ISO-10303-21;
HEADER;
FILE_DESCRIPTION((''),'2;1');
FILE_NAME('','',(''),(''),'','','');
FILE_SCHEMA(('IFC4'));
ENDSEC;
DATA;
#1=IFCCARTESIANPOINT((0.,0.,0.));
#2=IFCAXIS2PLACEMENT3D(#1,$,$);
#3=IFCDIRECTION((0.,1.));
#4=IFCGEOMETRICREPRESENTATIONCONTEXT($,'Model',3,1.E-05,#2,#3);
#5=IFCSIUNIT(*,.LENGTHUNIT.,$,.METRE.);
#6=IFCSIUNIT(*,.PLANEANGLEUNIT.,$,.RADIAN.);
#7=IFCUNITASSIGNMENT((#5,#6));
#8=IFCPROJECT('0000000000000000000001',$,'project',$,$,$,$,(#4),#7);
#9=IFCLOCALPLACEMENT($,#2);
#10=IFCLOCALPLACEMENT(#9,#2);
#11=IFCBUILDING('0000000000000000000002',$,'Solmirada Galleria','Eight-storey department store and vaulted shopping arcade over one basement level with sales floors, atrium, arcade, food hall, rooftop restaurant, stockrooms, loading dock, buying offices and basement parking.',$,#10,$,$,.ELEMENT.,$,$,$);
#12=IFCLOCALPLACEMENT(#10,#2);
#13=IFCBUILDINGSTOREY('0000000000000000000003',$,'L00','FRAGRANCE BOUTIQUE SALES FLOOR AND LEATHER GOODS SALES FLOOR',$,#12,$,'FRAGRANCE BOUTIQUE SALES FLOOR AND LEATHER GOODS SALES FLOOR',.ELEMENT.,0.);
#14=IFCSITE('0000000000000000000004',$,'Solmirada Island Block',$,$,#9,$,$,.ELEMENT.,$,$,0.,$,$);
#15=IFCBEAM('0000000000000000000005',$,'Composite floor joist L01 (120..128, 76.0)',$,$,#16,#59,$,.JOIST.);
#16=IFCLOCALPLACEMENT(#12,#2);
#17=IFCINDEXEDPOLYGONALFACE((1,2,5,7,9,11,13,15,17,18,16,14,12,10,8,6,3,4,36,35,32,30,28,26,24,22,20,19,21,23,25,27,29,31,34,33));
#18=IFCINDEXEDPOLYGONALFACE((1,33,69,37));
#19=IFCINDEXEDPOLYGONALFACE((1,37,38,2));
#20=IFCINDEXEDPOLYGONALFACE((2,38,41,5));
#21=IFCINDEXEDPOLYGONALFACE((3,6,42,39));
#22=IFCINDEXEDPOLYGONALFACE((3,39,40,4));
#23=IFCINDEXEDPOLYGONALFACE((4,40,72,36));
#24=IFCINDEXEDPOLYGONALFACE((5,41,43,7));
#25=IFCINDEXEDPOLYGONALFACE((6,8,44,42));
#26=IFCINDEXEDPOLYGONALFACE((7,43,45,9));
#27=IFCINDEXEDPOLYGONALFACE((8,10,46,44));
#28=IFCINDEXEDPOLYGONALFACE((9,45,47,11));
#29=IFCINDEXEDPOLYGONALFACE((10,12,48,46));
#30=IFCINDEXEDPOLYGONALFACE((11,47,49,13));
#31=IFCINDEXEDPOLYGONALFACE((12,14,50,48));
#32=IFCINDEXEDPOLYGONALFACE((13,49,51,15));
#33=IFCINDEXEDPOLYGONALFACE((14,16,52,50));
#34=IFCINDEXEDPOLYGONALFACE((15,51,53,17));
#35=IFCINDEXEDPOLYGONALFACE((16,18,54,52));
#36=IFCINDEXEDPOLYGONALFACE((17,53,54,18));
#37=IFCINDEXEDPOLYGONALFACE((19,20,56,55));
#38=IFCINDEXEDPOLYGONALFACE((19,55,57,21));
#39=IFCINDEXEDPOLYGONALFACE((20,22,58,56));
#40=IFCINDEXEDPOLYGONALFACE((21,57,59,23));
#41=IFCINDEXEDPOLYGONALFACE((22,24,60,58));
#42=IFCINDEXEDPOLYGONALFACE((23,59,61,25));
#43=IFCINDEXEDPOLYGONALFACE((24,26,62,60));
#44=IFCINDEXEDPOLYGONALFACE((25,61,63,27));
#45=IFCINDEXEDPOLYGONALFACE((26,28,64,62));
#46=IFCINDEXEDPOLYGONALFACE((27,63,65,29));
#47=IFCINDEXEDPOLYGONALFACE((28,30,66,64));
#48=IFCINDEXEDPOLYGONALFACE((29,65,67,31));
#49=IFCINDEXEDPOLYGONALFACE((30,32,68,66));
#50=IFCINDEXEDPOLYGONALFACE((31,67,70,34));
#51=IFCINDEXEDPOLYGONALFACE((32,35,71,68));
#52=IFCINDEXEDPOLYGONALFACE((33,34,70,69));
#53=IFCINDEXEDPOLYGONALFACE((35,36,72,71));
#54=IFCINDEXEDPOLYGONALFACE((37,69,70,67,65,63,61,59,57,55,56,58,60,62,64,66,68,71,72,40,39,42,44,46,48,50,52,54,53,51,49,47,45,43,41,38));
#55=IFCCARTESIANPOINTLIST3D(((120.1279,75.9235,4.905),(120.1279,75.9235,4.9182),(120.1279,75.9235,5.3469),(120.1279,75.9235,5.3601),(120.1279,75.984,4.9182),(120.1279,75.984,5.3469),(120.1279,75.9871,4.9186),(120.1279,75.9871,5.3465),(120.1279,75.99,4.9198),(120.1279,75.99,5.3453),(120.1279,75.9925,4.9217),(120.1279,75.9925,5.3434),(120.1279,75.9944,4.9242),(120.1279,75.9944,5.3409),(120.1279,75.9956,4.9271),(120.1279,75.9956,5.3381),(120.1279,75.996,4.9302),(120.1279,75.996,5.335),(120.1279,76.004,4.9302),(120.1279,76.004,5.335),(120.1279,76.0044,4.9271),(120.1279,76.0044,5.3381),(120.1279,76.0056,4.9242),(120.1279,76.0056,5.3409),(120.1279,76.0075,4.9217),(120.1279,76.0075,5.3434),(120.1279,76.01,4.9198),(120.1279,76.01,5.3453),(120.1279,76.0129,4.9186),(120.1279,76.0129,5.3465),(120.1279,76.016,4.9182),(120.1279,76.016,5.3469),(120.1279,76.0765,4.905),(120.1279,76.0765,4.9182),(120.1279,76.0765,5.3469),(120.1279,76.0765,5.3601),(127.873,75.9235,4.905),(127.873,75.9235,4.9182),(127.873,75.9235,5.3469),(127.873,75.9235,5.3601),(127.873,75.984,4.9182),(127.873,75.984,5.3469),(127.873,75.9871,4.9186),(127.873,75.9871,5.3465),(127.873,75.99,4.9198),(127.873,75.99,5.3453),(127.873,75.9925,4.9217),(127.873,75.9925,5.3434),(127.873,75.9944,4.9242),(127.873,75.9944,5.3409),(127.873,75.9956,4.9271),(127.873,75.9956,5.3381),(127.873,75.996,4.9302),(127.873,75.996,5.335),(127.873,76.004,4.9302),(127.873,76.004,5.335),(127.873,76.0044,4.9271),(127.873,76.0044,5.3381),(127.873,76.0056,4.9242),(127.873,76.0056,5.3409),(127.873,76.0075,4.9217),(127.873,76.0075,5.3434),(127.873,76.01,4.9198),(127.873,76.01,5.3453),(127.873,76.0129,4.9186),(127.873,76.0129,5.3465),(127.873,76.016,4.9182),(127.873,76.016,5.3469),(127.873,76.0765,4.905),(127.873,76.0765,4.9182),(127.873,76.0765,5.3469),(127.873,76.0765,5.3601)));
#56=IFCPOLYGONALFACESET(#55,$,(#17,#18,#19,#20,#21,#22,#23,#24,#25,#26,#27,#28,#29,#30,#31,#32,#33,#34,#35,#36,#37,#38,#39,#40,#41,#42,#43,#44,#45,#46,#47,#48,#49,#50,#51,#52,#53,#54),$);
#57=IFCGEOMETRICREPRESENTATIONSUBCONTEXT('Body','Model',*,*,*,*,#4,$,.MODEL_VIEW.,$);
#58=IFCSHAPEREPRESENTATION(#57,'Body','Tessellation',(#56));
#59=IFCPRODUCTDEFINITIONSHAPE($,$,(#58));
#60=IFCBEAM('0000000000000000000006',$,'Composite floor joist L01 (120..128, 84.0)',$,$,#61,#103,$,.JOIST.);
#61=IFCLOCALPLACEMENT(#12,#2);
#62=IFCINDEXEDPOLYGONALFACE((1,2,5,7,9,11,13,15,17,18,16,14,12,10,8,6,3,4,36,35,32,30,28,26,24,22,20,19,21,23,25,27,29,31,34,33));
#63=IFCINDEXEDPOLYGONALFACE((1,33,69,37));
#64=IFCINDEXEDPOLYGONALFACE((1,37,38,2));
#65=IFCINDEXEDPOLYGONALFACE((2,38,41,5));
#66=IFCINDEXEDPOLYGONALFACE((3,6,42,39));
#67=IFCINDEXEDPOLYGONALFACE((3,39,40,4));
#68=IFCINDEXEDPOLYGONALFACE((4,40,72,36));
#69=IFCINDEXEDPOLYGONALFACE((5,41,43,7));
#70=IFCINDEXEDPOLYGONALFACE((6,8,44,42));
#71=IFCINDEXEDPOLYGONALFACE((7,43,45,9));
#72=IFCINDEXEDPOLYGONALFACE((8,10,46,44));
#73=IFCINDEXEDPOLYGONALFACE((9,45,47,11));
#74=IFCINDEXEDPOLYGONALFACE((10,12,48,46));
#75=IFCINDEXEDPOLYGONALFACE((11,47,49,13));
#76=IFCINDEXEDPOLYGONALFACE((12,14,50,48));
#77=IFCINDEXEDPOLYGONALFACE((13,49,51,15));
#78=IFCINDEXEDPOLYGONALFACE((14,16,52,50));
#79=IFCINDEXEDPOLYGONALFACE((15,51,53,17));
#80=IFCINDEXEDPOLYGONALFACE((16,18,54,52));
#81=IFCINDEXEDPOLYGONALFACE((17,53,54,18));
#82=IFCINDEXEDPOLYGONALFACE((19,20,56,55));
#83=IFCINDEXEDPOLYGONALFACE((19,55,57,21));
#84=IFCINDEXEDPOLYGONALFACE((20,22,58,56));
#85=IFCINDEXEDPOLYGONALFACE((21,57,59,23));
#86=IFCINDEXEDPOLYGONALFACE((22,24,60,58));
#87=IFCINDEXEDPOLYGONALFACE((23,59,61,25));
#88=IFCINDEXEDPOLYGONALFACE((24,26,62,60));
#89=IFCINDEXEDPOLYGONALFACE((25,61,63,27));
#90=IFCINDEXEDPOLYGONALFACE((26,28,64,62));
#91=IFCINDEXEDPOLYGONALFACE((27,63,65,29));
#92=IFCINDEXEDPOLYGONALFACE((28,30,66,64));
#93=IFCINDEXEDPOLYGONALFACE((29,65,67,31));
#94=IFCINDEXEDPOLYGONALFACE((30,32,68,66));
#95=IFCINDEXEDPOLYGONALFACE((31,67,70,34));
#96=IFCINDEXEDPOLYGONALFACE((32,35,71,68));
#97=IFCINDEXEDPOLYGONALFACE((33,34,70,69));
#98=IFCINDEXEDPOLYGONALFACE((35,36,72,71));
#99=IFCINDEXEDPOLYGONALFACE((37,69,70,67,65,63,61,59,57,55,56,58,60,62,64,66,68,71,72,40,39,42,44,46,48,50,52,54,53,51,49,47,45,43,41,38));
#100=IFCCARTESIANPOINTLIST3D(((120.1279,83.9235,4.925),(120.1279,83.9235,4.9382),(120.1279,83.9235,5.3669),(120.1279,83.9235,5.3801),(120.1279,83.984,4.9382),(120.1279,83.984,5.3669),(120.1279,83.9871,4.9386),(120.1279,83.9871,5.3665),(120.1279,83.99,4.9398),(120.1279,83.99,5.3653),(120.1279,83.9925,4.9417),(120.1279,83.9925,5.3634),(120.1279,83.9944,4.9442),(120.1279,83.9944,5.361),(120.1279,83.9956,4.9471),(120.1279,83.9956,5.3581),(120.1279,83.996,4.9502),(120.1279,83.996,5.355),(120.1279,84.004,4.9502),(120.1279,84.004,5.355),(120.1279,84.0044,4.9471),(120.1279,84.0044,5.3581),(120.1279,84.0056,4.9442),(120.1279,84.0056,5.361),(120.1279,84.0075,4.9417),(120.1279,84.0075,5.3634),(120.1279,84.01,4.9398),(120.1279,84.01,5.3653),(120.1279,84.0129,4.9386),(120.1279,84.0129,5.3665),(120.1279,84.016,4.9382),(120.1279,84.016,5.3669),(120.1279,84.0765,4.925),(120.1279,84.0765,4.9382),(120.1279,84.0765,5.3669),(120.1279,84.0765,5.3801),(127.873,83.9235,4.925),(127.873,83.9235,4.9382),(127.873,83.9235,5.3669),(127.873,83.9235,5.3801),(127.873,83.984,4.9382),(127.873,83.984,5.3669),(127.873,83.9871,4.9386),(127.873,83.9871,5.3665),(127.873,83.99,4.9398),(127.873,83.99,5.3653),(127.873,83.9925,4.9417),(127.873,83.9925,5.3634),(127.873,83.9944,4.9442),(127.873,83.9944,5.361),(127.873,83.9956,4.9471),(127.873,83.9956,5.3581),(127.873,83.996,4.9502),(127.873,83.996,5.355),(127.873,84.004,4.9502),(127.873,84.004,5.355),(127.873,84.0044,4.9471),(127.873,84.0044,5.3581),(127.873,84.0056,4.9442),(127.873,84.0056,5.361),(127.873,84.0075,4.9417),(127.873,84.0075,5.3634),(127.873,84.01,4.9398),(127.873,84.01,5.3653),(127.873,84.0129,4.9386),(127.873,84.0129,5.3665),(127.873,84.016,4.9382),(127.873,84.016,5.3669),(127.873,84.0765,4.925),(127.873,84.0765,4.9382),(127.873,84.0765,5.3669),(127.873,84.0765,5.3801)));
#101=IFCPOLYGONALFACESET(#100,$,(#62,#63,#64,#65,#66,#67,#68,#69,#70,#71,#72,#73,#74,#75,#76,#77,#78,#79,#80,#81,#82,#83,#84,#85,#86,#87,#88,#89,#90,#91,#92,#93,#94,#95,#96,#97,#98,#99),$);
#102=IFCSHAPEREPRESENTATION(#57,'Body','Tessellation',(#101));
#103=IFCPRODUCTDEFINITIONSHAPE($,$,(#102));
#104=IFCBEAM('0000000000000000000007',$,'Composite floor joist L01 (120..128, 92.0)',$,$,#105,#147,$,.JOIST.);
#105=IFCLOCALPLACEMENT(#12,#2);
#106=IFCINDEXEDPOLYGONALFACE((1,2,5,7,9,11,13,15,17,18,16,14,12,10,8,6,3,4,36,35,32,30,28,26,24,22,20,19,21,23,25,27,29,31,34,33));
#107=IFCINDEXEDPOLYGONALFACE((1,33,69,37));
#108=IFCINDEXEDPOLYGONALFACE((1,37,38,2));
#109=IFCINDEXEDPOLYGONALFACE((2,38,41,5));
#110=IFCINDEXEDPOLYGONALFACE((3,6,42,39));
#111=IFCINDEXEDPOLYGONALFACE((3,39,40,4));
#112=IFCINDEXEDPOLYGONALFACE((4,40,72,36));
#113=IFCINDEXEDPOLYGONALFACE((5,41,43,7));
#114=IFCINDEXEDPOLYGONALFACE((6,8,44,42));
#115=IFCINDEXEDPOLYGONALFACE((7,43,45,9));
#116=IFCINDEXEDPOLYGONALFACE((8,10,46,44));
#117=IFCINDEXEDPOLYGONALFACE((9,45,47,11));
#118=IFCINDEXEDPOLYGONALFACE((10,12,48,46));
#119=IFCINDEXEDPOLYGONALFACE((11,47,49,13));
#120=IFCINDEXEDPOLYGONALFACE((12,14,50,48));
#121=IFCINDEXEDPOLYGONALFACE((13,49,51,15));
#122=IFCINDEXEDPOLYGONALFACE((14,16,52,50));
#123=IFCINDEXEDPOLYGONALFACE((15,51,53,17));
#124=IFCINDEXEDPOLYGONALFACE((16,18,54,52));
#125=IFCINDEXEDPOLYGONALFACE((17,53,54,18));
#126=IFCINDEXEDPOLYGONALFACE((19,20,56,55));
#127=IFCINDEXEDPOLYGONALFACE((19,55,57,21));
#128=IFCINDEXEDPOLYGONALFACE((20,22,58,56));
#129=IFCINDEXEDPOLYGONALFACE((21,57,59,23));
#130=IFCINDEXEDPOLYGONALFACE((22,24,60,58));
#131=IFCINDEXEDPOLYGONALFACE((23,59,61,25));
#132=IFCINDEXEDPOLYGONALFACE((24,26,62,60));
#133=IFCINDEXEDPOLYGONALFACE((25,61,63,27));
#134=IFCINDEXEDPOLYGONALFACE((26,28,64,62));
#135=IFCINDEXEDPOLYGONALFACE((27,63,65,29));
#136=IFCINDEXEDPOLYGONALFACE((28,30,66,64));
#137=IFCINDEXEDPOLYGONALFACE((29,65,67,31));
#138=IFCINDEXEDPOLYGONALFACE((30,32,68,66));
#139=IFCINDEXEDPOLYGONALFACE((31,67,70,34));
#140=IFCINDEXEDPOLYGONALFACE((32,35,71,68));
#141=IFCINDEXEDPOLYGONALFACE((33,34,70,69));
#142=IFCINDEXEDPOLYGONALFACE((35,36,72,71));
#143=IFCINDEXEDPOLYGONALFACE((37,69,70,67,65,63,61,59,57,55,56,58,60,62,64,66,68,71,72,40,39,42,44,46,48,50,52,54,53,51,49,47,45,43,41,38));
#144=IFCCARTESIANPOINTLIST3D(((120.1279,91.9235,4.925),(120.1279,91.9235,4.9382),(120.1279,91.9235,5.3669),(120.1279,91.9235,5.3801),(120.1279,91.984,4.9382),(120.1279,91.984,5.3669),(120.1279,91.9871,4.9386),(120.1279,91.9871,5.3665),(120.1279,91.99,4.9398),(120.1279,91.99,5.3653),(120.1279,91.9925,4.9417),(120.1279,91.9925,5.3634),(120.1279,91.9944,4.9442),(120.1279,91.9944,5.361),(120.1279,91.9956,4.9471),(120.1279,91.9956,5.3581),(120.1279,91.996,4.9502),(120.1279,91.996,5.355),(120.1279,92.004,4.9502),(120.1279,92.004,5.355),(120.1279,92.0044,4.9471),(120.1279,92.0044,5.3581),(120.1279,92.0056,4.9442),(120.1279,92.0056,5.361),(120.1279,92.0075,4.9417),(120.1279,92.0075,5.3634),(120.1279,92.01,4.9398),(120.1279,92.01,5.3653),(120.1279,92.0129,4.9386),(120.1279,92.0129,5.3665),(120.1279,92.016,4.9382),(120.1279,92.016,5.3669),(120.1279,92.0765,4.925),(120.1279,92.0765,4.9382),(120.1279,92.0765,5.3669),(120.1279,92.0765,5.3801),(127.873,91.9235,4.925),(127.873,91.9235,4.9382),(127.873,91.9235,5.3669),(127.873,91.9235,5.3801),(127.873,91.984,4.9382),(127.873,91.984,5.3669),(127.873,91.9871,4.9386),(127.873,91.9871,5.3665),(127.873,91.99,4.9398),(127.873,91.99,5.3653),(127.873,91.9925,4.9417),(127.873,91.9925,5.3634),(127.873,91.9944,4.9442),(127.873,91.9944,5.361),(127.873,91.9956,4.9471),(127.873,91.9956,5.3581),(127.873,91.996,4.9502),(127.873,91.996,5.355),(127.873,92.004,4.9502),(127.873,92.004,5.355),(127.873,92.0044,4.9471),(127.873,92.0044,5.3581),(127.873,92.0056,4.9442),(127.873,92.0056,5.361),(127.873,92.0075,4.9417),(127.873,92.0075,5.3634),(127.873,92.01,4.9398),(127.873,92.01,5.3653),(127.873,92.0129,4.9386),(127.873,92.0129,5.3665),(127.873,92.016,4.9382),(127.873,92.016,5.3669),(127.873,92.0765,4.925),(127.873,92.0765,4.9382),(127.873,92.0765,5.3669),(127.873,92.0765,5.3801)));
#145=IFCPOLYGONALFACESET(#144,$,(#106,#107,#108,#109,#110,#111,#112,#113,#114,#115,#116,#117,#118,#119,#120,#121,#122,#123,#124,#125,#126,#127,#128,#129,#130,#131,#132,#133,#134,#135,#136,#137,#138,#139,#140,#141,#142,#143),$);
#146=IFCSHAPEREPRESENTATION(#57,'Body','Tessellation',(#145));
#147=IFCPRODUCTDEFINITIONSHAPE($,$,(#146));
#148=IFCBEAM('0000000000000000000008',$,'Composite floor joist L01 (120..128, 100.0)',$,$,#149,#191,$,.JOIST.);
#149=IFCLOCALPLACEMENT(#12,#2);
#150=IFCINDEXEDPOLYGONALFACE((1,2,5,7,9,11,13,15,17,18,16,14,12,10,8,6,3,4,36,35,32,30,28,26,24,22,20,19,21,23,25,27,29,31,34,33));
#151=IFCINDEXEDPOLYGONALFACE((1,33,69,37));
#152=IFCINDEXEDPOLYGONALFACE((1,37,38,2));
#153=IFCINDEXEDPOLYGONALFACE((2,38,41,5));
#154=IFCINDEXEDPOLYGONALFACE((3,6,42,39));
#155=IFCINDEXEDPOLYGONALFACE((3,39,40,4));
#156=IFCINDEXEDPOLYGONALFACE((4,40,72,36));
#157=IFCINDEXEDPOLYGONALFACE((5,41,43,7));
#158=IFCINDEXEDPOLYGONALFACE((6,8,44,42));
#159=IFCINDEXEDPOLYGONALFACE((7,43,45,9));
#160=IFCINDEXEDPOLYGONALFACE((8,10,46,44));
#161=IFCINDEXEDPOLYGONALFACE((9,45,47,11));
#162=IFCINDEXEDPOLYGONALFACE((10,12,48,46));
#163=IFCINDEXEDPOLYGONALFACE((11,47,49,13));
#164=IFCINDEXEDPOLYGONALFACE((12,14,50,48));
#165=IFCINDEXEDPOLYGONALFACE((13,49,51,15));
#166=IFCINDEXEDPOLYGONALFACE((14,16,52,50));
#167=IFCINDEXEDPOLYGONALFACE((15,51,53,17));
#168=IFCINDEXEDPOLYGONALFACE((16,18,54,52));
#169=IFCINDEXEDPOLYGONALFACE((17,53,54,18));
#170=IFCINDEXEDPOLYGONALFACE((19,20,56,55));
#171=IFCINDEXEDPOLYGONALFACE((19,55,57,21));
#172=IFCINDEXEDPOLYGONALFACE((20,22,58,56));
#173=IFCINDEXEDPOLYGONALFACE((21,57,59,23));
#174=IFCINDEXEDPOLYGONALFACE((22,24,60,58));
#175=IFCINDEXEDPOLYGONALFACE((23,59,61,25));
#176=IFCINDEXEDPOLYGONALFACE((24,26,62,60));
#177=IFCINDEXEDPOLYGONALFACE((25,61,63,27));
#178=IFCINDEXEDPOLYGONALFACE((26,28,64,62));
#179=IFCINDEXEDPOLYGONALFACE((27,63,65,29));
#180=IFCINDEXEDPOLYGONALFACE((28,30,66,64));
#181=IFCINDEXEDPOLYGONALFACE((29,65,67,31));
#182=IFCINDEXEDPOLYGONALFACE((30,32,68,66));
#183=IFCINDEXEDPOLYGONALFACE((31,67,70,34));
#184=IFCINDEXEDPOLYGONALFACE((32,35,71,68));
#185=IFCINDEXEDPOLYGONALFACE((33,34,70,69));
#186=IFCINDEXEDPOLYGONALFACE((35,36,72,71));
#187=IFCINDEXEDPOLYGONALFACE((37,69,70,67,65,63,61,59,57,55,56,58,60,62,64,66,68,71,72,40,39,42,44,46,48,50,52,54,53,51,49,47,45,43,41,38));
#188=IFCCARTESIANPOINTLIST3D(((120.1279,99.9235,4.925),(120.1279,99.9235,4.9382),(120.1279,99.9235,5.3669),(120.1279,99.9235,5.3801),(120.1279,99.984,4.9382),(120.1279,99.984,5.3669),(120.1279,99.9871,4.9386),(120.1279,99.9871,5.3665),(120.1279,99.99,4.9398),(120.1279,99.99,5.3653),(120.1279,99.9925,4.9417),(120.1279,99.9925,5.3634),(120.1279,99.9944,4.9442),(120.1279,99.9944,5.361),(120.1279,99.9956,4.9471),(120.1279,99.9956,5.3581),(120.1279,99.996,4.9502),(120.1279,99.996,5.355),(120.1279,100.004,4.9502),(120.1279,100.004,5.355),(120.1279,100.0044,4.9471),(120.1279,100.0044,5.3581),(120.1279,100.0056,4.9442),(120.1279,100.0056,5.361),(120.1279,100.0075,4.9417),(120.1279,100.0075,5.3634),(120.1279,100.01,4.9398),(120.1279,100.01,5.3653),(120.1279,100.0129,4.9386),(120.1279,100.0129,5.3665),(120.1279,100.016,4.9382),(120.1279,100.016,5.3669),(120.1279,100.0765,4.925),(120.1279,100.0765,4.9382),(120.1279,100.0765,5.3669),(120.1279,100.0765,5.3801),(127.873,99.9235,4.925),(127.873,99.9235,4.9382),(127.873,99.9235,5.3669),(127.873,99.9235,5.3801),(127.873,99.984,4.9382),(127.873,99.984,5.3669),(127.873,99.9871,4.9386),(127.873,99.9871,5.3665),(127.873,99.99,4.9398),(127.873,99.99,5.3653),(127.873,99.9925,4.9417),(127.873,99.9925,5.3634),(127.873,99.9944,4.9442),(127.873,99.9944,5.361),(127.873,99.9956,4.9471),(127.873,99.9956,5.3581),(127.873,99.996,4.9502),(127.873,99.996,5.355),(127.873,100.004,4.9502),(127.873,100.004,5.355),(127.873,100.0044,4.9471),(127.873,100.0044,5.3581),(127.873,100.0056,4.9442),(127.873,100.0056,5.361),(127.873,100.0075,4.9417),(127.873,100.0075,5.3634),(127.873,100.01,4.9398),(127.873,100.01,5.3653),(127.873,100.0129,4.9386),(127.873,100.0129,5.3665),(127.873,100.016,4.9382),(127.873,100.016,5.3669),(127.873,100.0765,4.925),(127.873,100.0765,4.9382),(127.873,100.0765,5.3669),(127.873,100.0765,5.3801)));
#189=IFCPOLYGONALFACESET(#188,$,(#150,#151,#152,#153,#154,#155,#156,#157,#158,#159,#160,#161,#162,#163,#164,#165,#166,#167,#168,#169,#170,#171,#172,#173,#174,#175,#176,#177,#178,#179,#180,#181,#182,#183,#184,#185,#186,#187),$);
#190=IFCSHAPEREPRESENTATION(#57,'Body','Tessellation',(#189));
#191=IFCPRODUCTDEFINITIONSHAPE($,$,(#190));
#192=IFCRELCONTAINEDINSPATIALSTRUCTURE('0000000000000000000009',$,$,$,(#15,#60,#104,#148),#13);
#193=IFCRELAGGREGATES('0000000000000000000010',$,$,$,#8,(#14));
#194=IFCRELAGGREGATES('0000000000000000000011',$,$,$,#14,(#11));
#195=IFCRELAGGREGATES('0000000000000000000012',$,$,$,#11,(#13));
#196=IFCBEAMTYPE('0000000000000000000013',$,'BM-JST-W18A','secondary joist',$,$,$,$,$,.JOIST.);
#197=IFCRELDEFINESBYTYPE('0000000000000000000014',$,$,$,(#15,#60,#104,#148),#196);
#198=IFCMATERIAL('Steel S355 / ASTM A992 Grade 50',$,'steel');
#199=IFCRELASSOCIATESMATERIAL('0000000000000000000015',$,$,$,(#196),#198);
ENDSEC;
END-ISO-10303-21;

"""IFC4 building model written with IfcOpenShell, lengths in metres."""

from ifc_helpers import new_model, si_unit, direction, frame, origin, origin_2d, place, context, subcontext, project, spatial, i_section, extrude, material, material_profile, profile_set, type_object, element, save


model = new_model("IFC4")

# Units and contexts
model_context = context("Model", 3, precision=1e-05, world=origin(), true_north=direction((0.0, 1.0)))
body_context = subcontext(model_context, "Body", "Model", "MODEL_VIEW")
ifc_project = project(units=[si_unit("LENGTHUNIT", "METRE"), si_unit("PLANEANGLEUNIT", "RADIAN")], contexts=[model_context])

# Site, building, storey
site_placement = place(None, origin())
site = spatial("IfcSite", under=ifc_project, at=site_placement, Name="Solmirada Island Block", CompositionType="ELEMENT", RefElevation=0.0)
building_placement = place(site_placement, origin())
building = spatial("IfcBuilding", under=site, at=building_placement, Name="Solmirada Galleria", Description="Eight-storey department store and vaulted shopping arcade over one basement level with sales floors, atrium, arcade, food hall, rooftop restaurant, stockrooms, loading dock, buying offices and basement parking.", CompositionType="ELEMENT")
storey_placement = place(building_placement, origin())
storey = spatial("IfcBuildingStorey", under=building, at=storey_placement, Name="L00", Description="FRAGRANCE BOUTIQUE SALES FLOOR AND LEATHER GOODS SALES FLOOR", LongName="FRAGRANCE BOUTIQUE SALES FLOOR AND LEATHER GOODS SALES FLOOR", CompositionType="ELEMENT", Elevation=0.0)

# Beams
ifc_material_1 = material(Name="Steel S355 / ASTM A992 Grade 50", Category="steel")
ifc_material_profile_1 = material_profile(ifc_material_1, i_section(OverallWidth=0.1531, OverallDepth=0.4551, WebThickness=0.0081, FlangeThickness=0.0132, FilletRadius=0.012, at=origin_2d()), Name="W18X40")
ifc_profile_set_1 = profile_set([ifc_material_profile_1], Name="Steel S355 / ASTM A992 Grade 50")
beam_type_1 = type_object("IfcBeamType", Name="BM-JST-W18A", Description="secondary joist", PredefinedType="JOIST", material=ifc_profile_set_1)
for number, where, z_axis, x_axis, name in (
    (1, (120.1279, 76.0, 5.1326), (1.0, 0.0, 0.0), (0.0, 1.0, 0.0), "Composite floor joist L01 (120..128, 76.0)"),
    (2, (120.1279, 84.0, 5.1526), (1.0, 0.0, 0.0), (0.0, 1.0, 0.0), "Composite floor joist L01 (120..128, 84.0)"),
    (3, (120.1279, 92.0, 5.1526), (1.0, 0.0, 0.0), (0.0, 1.0, 0.0), "Composite floor joist L01 (120..128, 92.0)"),
    (4, (120.1279, 100.0, 5.1526), (1.0, 0.0, 0.0), (0.0, 1.0, 0.0), "Composite floor joist L01 (120..128, 100.0)"),
):
    element("IfcBeam", number, at=place(storey_placement, frame(where, z_axis=z_axis, x_axis=x_axis)), inside=storey, type_object=beam_type_1, Name=name, PredefinedType="JOIST", context=body_context, shape_type="SweptSolid", body=[
        extrude(i_section(OverallWidth=0.1531, OverallDepth=0.4551, WebThickness=0.0081, FlangeThickness=0.0132, FilletRadius=0.012, at=origin_2d()), origin(), (0.0, 0.0, 1.0), 7.7451),
    ])

save(model, "model.ifc")
